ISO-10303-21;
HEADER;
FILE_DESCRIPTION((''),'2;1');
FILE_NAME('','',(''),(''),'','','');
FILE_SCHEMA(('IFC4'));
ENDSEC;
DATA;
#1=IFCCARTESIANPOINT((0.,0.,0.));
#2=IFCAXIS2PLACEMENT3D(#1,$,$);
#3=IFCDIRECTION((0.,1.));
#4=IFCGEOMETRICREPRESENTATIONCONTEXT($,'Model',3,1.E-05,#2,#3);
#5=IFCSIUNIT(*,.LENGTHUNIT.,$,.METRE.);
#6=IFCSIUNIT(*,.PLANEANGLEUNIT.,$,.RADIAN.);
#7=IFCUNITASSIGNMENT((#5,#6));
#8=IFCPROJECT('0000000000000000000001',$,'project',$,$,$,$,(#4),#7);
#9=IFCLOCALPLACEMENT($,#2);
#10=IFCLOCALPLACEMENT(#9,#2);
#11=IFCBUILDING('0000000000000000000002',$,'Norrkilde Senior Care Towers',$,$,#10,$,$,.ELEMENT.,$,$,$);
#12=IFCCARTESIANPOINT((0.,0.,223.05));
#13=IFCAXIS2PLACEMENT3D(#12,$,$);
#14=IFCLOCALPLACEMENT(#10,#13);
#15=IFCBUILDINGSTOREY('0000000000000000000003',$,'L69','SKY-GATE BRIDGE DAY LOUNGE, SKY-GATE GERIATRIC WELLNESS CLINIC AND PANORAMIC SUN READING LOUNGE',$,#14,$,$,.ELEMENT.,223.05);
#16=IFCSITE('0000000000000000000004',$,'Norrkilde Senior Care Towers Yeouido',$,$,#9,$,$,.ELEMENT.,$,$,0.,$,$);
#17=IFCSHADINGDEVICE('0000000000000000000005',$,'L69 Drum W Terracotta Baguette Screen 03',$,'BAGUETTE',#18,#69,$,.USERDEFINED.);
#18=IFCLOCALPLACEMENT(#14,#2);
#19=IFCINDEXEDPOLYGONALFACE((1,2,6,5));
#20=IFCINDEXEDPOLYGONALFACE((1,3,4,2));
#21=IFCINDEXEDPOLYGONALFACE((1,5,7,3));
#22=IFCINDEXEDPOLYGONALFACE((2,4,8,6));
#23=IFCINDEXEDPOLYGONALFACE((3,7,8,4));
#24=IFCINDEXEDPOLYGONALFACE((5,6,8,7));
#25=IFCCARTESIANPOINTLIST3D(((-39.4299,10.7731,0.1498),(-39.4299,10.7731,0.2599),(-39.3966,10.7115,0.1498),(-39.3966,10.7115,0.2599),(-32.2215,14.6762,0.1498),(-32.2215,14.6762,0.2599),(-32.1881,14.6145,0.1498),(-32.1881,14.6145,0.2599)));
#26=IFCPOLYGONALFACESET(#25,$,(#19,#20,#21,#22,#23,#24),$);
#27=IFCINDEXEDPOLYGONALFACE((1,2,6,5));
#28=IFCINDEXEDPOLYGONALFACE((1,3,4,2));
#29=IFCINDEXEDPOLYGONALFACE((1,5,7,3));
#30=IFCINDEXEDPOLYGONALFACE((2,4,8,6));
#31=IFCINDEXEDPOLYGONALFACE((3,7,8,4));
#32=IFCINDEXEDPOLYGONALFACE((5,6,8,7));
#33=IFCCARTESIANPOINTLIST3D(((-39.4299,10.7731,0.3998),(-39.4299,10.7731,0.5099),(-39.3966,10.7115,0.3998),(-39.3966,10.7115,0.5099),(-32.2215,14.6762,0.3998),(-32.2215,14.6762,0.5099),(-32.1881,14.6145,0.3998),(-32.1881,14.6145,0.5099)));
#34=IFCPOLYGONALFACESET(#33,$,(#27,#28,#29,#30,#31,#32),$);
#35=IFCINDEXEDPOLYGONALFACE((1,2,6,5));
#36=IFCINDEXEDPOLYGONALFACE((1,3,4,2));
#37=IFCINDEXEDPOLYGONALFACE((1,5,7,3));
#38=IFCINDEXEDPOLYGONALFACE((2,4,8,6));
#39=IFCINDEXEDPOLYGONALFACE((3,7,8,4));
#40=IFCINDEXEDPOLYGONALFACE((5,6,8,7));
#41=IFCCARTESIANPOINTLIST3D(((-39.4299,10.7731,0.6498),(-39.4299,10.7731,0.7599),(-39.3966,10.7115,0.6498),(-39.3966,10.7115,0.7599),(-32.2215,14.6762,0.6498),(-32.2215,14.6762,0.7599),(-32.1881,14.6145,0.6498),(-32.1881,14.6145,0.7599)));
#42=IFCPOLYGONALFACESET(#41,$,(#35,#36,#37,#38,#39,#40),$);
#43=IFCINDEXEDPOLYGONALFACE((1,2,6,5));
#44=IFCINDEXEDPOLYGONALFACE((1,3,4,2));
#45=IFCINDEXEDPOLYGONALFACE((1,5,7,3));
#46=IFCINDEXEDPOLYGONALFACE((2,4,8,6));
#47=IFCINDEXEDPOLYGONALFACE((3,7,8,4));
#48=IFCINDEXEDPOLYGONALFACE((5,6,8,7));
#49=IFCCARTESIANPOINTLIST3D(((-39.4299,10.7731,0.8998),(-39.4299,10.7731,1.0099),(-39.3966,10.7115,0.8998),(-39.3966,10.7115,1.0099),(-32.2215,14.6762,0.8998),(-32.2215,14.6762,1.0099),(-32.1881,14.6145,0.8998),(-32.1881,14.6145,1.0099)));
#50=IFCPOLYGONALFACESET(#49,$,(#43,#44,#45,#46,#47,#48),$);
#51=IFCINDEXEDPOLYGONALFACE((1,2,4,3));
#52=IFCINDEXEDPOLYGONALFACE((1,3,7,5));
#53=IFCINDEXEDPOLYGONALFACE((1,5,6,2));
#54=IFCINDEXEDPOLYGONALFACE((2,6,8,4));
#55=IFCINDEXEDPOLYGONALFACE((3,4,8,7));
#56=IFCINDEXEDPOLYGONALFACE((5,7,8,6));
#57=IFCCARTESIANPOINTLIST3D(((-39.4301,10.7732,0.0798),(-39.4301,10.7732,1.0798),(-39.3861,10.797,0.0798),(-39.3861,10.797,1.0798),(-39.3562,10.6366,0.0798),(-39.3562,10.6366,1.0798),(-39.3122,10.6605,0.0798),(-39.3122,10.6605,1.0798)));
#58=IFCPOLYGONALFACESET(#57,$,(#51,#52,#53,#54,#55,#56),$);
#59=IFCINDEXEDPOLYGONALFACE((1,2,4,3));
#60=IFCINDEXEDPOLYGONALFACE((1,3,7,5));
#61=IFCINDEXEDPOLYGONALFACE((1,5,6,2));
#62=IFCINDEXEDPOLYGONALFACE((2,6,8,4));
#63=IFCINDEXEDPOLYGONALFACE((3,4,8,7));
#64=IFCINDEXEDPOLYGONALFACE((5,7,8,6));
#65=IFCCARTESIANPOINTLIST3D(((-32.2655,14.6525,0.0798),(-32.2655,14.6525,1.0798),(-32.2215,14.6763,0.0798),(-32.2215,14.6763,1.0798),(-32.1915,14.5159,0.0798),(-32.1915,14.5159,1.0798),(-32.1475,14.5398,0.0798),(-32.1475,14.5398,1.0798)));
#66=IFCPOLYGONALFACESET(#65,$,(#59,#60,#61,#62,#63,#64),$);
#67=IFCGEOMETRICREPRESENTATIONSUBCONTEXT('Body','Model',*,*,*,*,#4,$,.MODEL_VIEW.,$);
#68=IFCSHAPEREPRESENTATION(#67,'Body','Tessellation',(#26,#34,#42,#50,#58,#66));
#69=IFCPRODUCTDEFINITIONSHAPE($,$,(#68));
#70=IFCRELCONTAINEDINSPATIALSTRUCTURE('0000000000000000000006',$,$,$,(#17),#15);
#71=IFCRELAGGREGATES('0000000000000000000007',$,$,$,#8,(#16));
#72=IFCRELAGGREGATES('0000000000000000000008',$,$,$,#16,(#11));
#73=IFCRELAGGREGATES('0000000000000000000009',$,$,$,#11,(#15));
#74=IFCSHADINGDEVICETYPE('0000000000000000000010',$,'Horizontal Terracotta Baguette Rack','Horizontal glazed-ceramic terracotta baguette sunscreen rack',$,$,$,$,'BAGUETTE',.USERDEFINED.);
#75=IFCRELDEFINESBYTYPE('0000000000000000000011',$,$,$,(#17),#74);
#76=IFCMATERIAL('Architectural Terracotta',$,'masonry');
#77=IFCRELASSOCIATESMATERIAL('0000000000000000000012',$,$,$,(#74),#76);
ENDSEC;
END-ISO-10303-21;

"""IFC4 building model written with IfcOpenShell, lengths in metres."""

from ifc_helpers import new_model, si_unit, direction, frame, origin, origin_2d, place, context, subcontext, project, spatial, rectangle, extrude, source, transform, mapped, material, type_object, type_shapes, element, save


model = new_model("IFC4")

# Units and contexts
model_context = context("Model", 3, precision=1e-05, world=origin(), true_north=direction((0.0, 1.0)))
body_context = subcontext(model_context, "Body", "Model", "MODEL_VIEW")
ifc_project = project(units=[si_unit("LENGTHUNIT", "METRE"), si_unit("PLANEANGLEUNIT", "RADIAN")], contexts=[model_context])

# Site, building, storey
site_placement = place(None, origin())
site = spatial("IfcSite", under=ifc_project, at=site_placement, Name="Norrkilde Senior Care Towers Yeouido", CompositionType="ELEMENT", RefElevation=0.0)
building_placement = place(site_placement, origin())
building = spatial("IfcBuilding", under=site, at=building_placement, Name="Norrkilde Senior Care Towers", CompositionType="ELEMENT")
storey_placement = place(building_placement, frame((0.0, 0.0, 223.05)))
storey = spatial("IfcBuildingStorey", under=building, at=storey_placement, Name="L69", Description="SKY-GATE BRIDGE DAY LOUNGE, SKY-GATE GERIATRIC WELLNESS CLINIC AND PANORAMIC SUN READING LOUNGE", CompositionType="ELEMENT", Elevation=223.05)

# Shading device
ifc_material_1 = material(Name="Architectural Terracotta", Category="masonry")
shading_device_type = type_object("IfcShadingDeviceType", Name="Horizontal Terracotta Baguette Rack", Description="Horizontal glazed-ceramic terracotta baguette sunscreen rack", ElementType="BAGUETTE", PredefinedType="USERDEFINED", material=ifc_material_1)
shared_shape_1 = source(origin(), body_context, "Body", "SweptSolid", [
    extrude(rectangle(XDim=0.0701, YDim=0.1101, at=origin_2d()), frame((0.0, 0.0901, 0.125), z_axis=(1.0, 0.0, 0.0), x_axis=(0.0, 1.0, 0.0)), (0.0, 0.0, 1.0), 8.1973),
    extrude(rectangle(XDim=0.0701, YDim=0.1101, at=origin_2d()), frame((0.0, 0.0901, 0.375), z_axis=(1.0, 0.0, 0.0), x_axis=(0.0, 1.0, 0.0)), (0.0, 0.0, 1.0), 8.1973),
    extrude(rectangle(XDim=0.0701, YDim=0.1101, at=origin_2d()), frame((0.0, 0.0901, 0.625), z_axis=(1.0, 0.0, 0.0), x_axis=(0.0, 1.0, 0.0)), (0.0, 0.0, 1.0), 8.1973),
    extrude(rectangle(XDim=0.0701, YDim=0.1101, at=origin_2d()), frame((0.0, 0.0901, 0.875), z_axis=(1.0, 0.0, 0.0), x_axis=(0.0, 1.0, 0.0)), (0.0, 0.0, 1.0), 8.1973),
    extrude(rectangle(XDim=0.05, YDim=0.1553, at=origin_2d()), frame((0.0249, 0.0476, 0.0)), (0.0, 0.0, 1.0), 1.0),
    extrude(rectangle(XDim=0.05, YDim=0.1553, at=origin_2d()), frame((8.1724, 0.0476, 0.0)), (0.0, 0.0, 1.0), 1.0),
])
type_shapes(shading_device_type, [shared_shape_1])
shading_device_placement = place(storey_placement, frame((-39.3704, 10.6631, 0.0798), z_axis=(0.0, 0.0, 1.0), x_axis=(0.879378, 0.476144, 0.0)))
element("IfcShadingDevice", 1, at=shading_device_placement, inside=storey, type_object=shading_device_type, Name="L69 Drum W Terracotta Baguette Screen 03", ObjectType="BAGUETTE", PredefinedType="USERDEFINED", context=body_context, shape_type="MappedRepresentation", body=[
    mapped(shared_shape_1, transform((0.0, 0.0, 0.0), x_axis=(1.0, 0.0, 0.0), y_axis=(0.0, 1.0, 0.0), z_axis=(0.0, 0.0, 1.0), scale=1.0)),
])

save(model, "model.ifc")
